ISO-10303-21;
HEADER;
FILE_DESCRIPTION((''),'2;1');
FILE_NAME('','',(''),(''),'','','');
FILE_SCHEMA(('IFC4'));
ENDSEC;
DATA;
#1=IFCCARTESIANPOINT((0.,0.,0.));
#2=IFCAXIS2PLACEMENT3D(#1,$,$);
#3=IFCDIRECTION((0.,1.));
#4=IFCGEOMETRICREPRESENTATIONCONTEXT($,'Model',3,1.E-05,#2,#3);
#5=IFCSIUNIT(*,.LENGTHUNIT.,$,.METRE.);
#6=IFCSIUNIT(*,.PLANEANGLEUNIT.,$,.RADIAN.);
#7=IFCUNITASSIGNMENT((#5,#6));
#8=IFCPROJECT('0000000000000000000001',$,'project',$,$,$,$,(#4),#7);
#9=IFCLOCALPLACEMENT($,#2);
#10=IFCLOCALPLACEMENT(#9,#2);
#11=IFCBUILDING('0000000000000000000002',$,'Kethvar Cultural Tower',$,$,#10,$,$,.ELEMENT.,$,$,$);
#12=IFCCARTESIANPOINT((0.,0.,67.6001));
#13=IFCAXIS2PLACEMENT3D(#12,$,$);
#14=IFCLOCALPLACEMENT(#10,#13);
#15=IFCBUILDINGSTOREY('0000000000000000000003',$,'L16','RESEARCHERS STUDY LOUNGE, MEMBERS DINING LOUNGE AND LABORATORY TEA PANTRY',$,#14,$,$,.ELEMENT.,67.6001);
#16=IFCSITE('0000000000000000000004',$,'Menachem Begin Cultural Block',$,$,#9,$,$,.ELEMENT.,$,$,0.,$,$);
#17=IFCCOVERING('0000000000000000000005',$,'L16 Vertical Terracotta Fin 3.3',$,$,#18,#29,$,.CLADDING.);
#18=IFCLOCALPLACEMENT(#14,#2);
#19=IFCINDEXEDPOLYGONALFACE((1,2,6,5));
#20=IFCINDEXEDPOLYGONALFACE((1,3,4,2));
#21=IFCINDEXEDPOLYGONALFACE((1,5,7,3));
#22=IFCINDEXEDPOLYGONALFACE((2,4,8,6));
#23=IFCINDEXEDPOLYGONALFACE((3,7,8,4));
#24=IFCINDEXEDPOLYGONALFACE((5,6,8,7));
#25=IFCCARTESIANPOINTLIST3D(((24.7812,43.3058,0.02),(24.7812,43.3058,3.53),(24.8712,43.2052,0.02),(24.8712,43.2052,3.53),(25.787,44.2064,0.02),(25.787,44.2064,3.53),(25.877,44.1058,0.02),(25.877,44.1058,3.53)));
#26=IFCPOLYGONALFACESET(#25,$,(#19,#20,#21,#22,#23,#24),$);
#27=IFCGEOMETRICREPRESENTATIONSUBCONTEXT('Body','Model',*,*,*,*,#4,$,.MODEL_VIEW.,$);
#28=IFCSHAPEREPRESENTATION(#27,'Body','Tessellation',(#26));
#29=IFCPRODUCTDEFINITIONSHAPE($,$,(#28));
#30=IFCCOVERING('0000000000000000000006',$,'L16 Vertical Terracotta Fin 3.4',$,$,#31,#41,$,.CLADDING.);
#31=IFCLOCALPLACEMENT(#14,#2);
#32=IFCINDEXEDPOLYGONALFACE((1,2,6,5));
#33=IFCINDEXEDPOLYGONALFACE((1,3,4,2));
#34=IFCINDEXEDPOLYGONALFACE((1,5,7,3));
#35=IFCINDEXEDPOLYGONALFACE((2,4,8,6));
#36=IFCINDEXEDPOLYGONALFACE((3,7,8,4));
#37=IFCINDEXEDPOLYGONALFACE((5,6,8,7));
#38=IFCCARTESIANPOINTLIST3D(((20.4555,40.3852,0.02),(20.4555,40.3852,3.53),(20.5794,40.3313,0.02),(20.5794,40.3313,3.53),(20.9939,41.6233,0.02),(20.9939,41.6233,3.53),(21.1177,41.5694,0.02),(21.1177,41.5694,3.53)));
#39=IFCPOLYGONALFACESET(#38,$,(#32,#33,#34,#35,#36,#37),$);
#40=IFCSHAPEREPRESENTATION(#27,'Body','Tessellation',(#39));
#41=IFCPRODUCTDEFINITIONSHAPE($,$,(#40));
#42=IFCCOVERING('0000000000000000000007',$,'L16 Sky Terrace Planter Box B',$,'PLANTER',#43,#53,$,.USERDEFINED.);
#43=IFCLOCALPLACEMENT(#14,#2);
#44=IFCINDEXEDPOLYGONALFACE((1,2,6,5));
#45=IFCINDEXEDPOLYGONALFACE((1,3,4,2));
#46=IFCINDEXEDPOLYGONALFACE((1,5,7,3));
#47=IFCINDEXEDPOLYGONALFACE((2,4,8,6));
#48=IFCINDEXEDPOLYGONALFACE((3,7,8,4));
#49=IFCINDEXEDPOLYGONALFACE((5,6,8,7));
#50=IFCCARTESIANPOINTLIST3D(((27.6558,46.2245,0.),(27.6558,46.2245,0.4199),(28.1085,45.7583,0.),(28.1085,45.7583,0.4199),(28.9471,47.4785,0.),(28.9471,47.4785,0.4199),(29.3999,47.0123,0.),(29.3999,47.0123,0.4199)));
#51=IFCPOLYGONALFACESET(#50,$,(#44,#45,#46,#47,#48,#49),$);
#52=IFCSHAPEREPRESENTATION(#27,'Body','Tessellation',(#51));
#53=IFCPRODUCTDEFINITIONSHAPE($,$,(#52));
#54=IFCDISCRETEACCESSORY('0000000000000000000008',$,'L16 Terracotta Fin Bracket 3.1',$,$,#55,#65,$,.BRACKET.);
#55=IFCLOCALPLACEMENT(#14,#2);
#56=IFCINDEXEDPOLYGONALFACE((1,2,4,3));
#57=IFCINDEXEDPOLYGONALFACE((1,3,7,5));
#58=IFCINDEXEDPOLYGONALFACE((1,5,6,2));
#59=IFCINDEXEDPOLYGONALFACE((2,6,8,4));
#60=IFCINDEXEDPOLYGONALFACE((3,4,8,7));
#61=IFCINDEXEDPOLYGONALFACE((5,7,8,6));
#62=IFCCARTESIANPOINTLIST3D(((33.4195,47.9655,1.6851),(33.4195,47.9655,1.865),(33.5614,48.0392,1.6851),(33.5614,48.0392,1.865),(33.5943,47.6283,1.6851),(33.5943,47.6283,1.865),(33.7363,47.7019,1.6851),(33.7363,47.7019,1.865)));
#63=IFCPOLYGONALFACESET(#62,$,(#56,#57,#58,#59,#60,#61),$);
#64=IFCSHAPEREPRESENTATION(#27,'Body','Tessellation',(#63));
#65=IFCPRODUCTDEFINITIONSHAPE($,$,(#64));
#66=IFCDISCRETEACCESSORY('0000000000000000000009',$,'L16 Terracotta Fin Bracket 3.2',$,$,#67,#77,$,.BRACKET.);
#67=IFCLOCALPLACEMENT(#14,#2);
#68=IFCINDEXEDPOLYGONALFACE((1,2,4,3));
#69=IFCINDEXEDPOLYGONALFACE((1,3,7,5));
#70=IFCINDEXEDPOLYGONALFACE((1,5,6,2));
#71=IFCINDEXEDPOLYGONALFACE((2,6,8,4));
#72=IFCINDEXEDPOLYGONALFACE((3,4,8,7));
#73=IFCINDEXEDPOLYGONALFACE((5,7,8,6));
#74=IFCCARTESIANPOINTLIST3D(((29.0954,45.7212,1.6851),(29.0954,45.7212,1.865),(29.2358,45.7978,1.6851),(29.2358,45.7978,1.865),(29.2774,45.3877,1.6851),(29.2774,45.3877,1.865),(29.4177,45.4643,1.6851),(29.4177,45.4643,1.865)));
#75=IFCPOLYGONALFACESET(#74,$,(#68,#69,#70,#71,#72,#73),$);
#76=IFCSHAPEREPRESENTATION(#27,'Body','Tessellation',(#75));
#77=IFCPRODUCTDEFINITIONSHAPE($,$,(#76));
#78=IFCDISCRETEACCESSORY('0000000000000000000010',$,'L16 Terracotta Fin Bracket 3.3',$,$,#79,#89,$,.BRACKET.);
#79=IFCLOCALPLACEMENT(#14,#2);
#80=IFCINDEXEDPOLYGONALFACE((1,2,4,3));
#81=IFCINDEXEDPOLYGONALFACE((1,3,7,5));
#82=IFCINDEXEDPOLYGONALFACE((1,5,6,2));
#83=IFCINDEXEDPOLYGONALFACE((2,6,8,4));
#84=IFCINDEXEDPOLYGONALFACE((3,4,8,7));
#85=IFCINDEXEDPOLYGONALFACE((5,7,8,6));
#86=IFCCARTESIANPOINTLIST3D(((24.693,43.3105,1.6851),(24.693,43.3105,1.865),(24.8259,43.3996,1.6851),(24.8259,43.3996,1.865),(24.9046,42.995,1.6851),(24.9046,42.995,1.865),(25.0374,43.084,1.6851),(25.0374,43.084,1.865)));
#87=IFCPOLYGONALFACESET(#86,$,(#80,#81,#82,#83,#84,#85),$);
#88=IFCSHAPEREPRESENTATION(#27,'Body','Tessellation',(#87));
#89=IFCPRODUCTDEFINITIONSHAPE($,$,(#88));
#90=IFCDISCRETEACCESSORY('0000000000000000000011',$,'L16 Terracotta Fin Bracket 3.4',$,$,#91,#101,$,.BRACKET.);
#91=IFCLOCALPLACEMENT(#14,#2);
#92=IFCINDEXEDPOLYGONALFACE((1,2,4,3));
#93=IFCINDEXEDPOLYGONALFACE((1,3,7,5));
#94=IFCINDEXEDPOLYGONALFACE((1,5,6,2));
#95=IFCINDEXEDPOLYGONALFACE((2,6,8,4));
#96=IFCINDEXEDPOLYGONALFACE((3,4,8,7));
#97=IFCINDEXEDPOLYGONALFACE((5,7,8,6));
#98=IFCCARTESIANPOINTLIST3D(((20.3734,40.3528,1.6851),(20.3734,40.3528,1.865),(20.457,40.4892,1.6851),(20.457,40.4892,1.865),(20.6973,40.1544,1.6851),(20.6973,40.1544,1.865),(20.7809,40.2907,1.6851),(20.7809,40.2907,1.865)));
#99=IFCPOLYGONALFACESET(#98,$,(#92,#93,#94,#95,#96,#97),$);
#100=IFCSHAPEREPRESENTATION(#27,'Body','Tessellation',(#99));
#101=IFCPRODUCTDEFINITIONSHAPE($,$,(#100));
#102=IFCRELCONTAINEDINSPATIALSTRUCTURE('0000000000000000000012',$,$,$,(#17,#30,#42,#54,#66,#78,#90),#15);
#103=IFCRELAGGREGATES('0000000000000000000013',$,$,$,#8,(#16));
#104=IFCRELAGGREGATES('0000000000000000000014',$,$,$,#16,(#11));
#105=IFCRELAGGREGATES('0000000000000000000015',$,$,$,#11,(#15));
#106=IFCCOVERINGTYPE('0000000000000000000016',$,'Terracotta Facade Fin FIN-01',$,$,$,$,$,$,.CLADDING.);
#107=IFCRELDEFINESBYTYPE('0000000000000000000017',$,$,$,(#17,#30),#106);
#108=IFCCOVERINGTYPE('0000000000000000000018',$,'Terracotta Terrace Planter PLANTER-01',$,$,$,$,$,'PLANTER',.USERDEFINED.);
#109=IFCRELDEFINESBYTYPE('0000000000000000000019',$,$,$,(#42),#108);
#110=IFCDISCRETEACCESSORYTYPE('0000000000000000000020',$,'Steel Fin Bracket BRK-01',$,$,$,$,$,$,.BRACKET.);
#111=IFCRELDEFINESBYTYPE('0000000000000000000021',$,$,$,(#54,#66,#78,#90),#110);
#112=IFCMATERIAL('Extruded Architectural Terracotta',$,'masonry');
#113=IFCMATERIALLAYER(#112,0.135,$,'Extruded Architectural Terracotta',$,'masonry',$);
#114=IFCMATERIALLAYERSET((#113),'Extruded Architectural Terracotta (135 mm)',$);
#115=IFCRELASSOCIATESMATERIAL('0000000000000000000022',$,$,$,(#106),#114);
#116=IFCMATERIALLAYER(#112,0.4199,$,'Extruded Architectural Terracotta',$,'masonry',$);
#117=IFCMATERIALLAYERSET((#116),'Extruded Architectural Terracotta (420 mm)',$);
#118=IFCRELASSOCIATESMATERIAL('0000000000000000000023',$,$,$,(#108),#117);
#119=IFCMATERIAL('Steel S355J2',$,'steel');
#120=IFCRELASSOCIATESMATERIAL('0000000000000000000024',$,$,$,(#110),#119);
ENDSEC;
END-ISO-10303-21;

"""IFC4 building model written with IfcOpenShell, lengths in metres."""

from ifc_helpers import new_model, si_unit, direction, frame, origin, origin_2d, place, context, subcontext, project, spatial, rectangle, extrude, source, transform, mapped, material, layer, layer_set, type_object, element, save


model = new_model("IFC4")

# Units and contexts
model_context = context("Model", 3, precision=1e-05, world=origin(), true_north=direction((0.0, 1.0)))
body_context = subcontext(model_context, "Body", "Model", "MODEL_VIEW")
ifc_project = project(units=[si_unit("LENGTHUNIT", "METRE"), si_unit("PLANEANGLEUNIT", "RADIAN")], contexts=[model_context])

# Site, building, storey
site_placement = place(None, origin())
site = spatial("IfcSite", under=ifc_project, at=site_placement, Name="Menachem Begin Cultural Block", CompositionType="ELEMENT", RefElevation=0.0)
building_placement = place(site_placement, origin())
building = spatial("IfcBuilding", under=site, at=building_placement, Name="Kethvar Cultural Tower", CompositionType="ELEMENT")
storey_placement = place(building_placement, frame((0.0, 0.0, 67.6001)))
storey = spatial("IfcBuildingStorey", under=building, at=storey_placement, Name="L16", Description="RESEARCHERS STUDY LOUNGE, MEMBERS DINING LOUNGE AND LABORATORY TEA PANTRY", CompositionType="ELEMENT", Elevation=67.6001)

# Shared definitions
ifc_material_1 = material(Name="Steel S355J2", Category="steel")

# Coverings
ifc_material_2 = material(Name="Extruded Architectural Terracotta", Category="masonry")
ifc_layer_1 = layer(ifc_material_2, 0.135, Name="Extruded Architectural Terracotta", Category="masonry")
ifc_layer_set_1 = layer_set([ifc_layer_1], Name="Extruded Architectural Terracotta (135 mm)")
covering_type_1 = type_object("IfcCoveringType", Name="Terracotta Facade Fin FIN-01", PredefinedType="CLADDING", material=ifc_layer_set_1)
shared_shape_1 = source(origin(), body_context, "Body", "SweptSolid", [
    extrude(rectangle(XDim=1.3501, YDim=0.135, at=origin_2d()), origin(), (0.0, 0.0, 1.0), 3.51),
])
for number, where, z_axis, x_axis, name in (
    (1, (25.3291, 43.7058, 0.02), (0.0, 0.0, 1.0), (0.74501, 0.667053, 0.0), "L16 Vertical Terracotta Fin 3.3"),
    (2, (20.7866, 40.9773, 0.02), (0.0, 0.0, 1.0), (0.398749, 0.91706, 0.0), "L16 Vertical Terracotta Fin 3.4"),
):
    element("IfcCovering", number, at=place(storey_placement, frame(where, z_axis=z_axis, x_axis=x_axis)), inside=storey, type_object=covering_type_1, Name=name, PredefinedType="CLADDING", context=body_context, shape_type="MappedRepresentation", body=[
        mapped(shared_shape_1, transform((0.0, 0.0, 0.0), scale=1.0)),
    ])
ifc_layer_2 = layer(ifc_material_2, 0.4199, Name="Extruded Architectural Terracotta", Category="masonry")
ifc_layer_set_2 = layer_set([ifc_layer_2], Name="Extruded Architectural Terracotta (420 mm)")
covering_type_2 = type_object("IfcCoveringType", Name="Terracotta Terrace Planter PLANTER-01", ElementType="PLANTER", PredefinedType="USERDEFINED", material=ifc_layer_set_2)
shared_shape_2 = source(origin(), body_context, "Body", "SweptSolid", [
    extrude(rectangle(XDim=1.8, YDim=0.6499, at=origin_2d()), origin(), (0.0, 0.0, 1.0), 0.4199),
])
covering_placement = place(storey_placement, frame((28.5278, 46.6184, 0.0), z_axis=(0.0, 0.0, 1.0), x_axis=(-0.717397, -0.696664, 0.0)))
element("IfcCovering", 3, at=covering_placement, inside=storey, type_object=covering_type_2, Name="L16 Sky Terrace Planter Box B", ObjectType="PLANTER", PredefinedType="USERDEFINED", context=body_context, shape_type="MappedRepresentation", body=[
    mapped(shared_shape_2, transform((0.0, 0.0, 0.0), scale=1.0)),
])

# Discrete accessories
discrete_accessory_type = type_object("IfcDiscreteAccessoryType", Name="Steel Fin Bracket BRK-01", PredefinedType="BRACKET", material=ifc_material_1)
shared_shape_3 = source(origin(), body_context, "Body", "SweptSolid", [
    extrude(rectangle(XDim=0.3799, YDim=0.1599, at=origin_2d()), origin(), (0.0, 0.0, 1.0), 0.1799),
])
for number, where, z_axis, x_axis, name in (
    (4, (33.5779, 47.8337, 1.6851), (0.0, 0.0, 1.0), (-0.460355, 0.887735, 0.0), "L16 Terracotta Fin Bracket 3.1"),
    (5, (29.2566, 45.5928, 1.6851), (0.0, 0.0, 1.0), (-0.478845, 0.877899, 0.0), "L16 Terracotta Fin Bracket 3.2"),
    (6, (24.8652, 43.1973, 1.6851), (0.0, 0.0, 1.0), (-0.556876, 0.830596, 0.0), "L16 Terracotta Fin Bracket 3.3"),
    (7, (20.5771, 40.3218, 1.6851), (0.0, 0.0, 1.0), (-0.85264, 0.522499, 0.0), "L16 Terracotta Fin Bracket 3.4"),
):
    element("IfcDiscreteAccessory", number, at=place(storey_placement, frame(where, z_axis=z_axis, x_axis=x_axis)), inside=storey, type_object=discrete_accessory_type, Name=name, PredefinedType="BRACKET", context=body_context, shape_type="MappedRepresentation", body=[
        mapped(shared_shape_3, transform((0.0, 0.0, 0.0), scale=1.0)),
    ])

save(model, "model.ifc")
